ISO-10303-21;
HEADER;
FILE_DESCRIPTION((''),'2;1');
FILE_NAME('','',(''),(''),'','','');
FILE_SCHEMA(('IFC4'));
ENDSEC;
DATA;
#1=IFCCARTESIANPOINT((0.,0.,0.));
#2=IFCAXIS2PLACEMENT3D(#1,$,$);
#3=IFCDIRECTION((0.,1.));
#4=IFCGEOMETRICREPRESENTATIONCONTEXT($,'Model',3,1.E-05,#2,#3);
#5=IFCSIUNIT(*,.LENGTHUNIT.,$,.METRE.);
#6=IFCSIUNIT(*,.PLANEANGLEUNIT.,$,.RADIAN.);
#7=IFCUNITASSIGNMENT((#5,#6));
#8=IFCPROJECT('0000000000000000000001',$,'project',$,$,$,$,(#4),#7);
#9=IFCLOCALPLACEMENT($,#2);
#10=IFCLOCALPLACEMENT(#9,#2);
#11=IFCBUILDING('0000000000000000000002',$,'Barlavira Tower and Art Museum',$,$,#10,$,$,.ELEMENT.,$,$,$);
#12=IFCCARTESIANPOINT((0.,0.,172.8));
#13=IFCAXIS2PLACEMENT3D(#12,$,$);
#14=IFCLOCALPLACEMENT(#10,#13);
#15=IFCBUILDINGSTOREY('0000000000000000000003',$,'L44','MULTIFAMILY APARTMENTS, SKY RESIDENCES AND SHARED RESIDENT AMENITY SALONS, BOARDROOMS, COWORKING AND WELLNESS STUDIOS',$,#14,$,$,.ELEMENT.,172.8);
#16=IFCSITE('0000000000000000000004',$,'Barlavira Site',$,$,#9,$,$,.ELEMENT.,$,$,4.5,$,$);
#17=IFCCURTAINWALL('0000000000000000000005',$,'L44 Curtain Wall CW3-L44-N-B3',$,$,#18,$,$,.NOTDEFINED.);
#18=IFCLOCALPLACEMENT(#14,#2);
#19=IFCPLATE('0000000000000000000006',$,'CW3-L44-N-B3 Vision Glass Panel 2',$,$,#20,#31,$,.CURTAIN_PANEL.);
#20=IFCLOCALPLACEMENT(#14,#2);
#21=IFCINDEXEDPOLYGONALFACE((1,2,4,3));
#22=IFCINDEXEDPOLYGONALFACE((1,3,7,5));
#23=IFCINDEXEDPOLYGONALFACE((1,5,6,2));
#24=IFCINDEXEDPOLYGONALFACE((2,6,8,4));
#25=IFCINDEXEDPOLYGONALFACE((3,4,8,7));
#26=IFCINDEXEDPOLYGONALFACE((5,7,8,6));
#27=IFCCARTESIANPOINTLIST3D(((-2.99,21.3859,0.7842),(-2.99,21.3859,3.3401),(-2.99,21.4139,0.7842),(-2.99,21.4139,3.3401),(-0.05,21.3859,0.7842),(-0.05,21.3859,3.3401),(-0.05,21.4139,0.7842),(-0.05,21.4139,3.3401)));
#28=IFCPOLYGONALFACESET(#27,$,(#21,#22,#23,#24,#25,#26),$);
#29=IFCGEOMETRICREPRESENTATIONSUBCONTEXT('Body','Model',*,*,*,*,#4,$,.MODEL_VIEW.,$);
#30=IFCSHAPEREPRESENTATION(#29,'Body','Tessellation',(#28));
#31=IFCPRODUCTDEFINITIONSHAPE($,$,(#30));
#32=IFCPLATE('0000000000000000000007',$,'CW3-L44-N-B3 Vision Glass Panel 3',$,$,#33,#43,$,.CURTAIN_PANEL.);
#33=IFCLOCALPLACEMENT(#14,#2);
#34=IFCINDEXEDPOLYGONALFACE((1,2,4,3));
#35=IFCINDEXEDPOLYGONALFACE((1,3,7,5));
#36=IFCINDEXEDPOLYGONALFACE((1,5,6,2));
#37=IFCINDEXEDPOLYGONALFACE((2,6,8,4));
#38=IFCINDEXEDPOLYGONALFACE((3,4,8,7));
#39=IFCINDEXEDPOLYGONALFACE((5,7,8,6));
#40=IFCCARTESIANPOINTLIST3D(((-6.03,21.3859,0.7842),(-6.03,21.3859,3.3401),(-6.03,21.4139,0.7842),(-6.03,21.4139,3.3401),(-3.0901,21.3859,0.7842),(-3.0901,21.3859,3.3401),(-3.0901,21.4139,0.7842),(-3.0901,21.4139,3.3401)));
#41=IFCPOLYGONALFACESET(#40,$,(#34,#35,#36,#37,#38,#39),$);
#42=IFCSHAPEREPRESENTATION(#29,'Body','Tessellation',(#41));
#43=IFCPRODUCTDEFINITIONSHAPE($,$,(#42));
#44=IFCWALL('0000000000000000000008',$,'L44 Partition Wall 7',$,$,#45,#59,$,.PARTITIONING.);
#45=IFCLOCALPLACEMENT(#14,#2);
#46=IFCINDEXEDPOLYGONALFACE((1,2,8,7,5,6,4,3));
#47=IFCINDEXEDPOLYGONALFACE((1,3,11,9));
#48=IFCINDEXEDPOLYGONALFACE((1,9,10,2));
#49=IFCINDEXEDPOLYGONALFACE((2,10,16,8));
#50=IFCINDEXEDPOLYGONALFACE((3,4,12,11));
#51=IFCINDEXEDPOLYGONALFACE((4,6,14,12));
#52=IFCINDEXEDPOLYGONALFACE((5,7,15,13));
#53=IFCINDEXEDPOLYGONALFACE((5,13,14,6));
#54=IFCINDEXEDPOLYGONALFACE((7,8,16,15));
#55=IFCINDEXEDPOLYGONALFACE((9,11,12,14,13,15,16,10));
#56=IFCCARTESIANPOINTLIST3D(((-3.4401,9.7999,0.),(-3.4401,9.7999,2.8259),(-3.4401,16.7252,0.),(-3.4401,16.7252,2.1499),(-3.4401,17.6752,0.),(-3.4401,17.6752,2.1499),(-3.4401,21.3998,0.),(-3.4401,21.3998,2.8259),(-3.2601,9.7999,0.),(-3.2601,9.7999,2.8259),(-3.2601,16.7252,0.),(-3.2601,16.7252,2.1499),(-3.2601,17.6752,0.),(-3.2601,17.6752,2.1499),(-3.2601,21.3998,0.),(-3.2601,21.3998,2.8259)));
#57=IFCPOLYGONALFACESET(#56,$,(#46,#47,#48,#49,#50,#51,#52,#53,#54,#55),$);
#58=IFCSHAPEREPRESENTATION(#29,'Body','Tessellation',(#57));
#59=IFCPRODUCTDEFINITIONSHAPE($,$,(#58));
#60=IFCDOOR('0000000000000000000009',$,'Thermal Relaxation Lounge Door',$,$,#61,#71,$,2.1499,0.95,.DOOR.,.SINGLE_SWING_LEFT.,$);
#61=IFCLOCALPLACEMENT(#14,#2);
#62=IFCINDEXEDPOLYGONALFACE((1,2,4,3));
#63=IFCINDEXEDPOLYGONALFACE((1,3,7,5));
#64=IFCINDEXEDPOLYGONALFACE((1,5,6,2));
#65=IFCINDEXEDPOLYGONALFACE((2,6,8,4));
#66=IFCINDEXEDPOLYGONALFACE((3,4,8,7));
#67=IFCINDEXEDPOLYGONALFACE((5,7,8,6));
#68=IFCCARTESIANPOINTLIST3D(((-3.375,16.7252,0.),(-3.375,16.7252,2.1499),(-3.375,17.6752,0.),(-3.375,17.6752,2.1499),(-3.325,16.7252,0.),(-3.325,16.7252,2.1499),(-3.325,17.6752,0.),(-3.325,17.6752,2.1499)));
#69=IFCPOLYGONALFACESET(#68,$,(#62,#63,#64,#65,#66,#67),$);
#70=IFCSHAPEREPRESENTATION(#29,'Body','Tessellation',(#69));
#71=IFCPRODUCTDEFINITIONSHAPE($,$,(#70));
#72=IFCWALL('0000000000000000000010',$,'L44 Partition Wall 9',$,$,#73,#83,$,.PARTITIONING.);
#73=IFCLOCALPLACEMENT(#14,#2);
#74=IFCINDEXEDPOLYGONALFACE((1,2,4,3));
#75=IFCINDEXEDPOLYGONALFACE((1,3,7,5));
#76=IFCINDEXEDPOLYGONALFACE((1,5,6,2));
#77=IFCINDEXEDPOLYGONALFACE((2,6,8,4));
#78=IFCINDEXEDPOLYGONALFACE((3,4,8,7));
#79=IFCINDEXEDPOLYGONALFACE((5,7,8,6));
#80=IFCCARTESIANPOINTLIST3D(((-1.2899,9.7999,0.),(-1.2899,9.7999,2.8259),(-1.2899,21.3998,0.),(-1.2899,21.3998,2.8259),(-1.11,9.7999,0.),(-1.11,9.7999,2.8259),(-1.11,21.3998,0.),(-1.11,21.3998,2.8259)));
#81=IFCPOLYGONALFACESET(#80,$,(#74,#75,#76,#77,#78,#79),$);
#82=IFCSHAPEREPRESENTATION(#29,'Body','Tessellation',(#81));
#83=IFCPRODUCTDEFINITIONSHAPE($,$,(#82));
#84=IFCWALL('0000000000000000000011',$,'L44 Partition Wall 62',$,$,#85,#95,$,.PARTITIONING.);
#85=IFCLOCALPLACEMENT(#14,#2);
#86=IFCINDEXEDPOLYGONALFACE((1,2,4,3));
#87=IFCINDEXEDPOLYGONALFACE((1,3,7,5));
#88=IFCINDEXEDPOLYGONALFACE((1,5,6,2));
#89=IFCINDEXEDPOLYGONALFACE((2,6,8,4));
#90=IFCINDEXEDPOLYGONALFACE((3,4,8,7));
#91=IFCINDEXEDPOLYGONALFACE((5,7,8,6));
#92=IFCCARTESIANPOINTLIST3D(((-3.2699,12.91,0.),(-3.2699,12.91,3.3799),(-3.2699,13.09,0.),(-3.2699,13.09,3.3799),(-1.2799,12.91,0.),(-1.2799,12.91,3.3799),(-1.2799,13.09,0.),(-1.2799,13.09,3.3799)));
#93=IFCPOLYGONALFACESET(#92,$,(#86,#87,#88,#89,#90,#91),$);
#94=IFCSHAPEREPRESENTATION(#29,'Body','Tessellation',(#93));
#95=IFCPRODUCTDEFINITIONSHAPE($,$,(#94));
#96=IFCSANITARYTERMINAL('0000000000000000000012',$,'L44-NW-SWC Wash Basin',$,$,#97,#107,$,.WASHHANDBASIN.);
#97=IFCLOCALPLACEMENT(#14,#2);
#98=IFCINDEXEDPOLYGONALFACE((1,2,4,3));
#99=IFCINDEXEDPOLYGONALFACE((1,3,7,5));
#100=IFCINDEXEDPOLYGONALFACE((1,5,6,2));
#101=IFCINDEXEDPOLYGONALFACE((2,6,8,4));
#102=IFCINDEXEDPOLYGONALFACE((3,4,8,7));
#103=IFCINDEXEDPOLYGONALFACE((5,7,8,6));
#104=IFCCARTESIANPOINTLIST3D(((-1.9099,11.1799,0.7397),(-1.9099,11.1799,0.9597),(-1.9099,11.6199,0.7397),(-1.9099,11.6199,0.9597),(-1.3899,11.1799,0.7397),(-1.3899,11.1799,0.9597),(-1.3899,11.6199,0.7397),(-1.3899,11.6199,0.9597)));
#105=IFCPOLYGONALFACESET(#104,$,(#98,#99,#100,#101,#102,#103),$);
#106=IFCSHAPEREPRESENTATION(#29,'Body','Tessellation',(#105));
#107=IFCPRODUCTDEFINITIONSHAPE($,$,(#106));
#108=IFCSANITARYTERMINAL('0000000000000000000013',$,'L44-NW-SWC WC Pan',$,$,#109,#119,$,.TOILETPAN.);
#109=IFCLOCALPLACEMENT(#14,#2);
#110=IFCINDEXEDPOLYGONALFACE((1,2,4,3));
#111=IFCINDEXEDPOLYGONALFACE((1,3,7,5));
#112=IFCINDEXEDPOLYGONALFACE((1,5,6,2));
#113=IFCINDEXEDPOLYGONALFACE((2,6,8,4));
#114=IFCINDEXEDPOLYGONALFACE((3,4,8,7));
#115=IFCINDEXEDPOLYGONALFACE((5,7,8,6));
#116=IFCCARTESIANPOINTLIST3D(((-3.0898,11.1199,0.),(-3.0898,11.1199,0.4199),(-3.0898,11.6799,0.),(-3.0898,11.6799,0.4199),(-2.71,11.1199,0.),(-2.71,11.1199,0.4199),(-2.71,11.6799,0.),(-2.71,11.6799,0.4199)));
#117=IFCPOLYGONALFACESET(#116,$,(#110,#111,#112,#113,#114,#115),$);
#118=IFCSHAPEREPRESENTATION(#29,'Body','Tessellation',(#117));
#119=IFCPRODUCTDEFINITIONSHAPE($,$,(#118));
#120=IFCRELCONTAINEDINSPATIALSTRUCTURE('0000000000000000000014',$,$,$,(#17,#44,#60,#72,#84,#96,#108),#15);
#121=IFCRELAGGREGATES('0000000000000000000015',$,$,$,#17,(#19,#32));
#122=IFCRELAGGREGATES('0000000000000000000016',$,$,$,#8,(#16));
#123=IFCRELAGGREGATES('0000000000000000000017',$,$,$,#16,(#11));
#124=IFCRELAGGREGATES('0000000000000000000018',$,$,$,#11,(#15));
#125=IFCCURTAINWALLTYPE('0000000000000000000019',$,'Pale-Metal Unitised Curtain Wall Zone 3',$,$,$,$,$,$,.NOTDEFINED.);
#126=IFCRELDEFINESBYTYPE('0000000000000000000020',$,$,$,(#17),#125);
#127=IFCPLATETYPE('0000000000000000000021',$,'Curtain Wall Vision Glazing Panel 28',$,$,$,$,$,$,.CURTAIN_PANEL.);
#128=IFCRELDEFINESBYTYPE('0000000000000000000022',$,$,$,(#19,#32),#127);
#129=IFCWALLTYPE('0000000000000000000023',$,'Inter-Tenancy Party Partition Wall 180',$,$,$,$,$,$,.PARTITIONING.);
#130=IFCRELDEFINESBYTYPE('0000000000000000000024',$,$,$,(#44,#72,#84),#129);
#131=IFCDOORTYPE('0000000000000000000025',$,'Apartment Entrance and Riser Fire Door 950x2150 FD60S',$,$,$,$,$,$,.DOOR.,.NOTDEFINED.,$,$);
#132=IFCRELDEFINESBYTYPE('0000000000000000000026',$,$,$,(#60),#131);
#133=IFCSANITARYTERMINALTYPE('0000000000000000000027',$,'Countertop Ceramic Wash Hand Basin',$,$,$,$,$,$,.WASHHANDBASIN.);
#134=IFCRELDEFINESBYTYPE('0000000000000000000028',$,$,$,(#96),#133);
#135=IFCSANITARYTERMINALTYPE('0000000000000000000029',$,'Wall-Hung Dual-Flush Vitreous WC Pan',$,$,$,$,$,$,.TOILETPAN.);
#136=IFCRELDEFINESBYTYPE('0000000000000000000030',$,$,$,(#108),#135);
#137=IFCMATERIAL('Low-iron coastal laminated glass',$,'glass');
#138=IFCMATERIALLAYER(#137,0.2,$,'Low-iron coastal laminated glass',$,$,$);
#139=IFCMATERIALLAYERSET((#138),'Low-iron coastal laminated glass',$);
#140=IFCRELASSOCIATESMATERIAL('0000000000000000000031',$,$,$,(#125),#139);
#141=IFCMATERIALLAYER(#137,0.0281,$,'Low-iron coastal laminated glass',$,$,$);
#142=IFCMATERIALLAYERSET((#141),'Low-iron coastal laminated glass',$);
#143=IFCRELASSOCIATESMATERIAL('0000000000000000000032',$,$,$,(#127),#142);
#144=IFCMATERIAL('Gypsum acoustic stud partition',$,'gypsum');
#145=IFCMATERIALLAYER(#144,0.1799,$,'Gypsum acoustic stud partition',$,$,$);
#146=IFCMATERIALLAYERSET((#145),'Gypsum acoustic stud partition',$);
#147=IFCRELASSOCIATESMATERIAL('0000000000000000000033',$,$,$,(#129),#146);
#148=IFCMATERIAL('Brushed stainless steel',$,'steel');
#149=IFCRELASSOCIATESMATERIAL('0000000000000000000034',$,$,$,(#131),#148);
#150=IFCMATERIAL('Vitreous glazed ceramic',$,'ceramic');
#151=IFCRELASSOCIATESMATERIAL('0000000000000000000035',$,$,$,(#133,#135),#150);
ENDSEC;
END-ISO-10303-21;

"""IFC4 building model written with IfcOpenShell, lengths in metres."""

from ifc_helpers import new_model, si_unit, direction, frame, frame_2d, origin, origin_2d, place, context, subcontext, project, spatial, rectangle, extrude, material, layer, layer_set, type_object, element, fill, aggregate, save


model = new_model("IFC4")

# Units and contexts
model_context = context("Model", 3, precision=1e-05, world=origin(), true_north=direction((0.0, 1.0)))
body_context = subcontext(model_context, "Body", "Model", "MODEL_VIEW")
ifc_project = project(units=[si_unit("LENGTHUNIT", "METRE"), si_unit("PLANEANGLEUNIT", "RADIAN")], contexts=[model_context])

# Site, building, storey
site_placement = place(None, origin())
site = spatial("IfcSite", under=ifc_project, at=site_placement, Name="Barlavira Site", CompositionType="ELEMENT", RefElevation=4.5)
building_placement = place(site_placement, origin())
building = spatial("IfcBuilding", under=site, at=building_placement, Name="Barlavira Tower and Art Museum", CompositionType="ELEMENT")
storey_placement = place(building_placement, frame((0.0, 0.0, 172.8)))
storey = spatial("IfcBuildingStorey", under=building, at=storey_placement, Name="L44", Description="MULTIFAMILY APARTMENTS, SKY RESIDENCES AND SHARED RESIDENT AMENITY SALONS, BOARDROOMS, COWORKING AND WELLNESS STUDIOS", CompositionType="ELEMENT", Elevation=172.8)

# Curtain wall
ifc_material_1 = material(Name="Low-iron coastal laminated glass", Category="glass")
ifc_layer_1 = layer(ifc_material_1, 0.2, Name="Low-iron coastal laminated glass")
ifc_layer_set_1 = layer_set([ifc_layer_1], Name="Low-iron coastal laminated glass")
curtain_wall_type = type_object("IfcCurtainWallType", Name="Pale-Metal Unitised Curtain Wall Zone 3", PredefinedType="NOTDEFINED", material=ifc_layer_set_1)
curtain_wall_placement = place(storey_placement, origin())
curtain_wall = element("IfcCurtainWall", 1, at=curtain_wall_placement, inside=storey, type_object=curtain_wall_type, Name="L44 Curtain Wall CW3-L44-N-B3", PredefinedType="NOTDEFINED")

# Plates
ifc_layer_2 = layer(ifc_material_1, 0.0281, Name="Low-iron coastal laminated glass")
ifc_layer_set_2 = layer_set([ifc_layer_2], Name="Low-iron coastal laminated glass")
plate_type_1 = type_object("IfcPlateType", Name="Curtain Wall Vision Glazing Panel 28", PredefinedType="CURTAIN_PANEL", material=ifc_layer_set_2)
plate_1_placement = place(storey_placement, frame((-1.52, 21.3999, 0.7842), z_axis=(0.0, 0.0, 1.0), x_axis=(-1.0, 0.0, 0.0)))
plate_1 = element("IfcPlate", 2, at=plate_1_placement, type_object=plate_type_1, Name="CW3-L44-N-B3 Vision Glass Panel 2", PredefinedType="CURTAIN_PANEL", context=body_context, shape_type="SweptSolid", body=[
    extrude(rectangle(XDim=2.9399, YDim=0.0281, at=origin_2d()), origin(), (0.0, 0.0, 1.0), 2.5559),
])
plate_2_placement = place(storey_placement, frame((-4.5601, 21.3999, 0.7842), z_axis=(0.0, 0.0, 1.0), x_axis=(-1.0, 0.0, 0.0)))
plate_2 = element("IfcPlate", 3, at=plate_2_placement, type_object=plate_type_1, Name="CW3-L44-N-B3 Vision Glass Panel 3", PredefinedType="CURTAIN_PANEL", context=body_context, shape_type="SweptSolid", body=[
    extrude(rectangle(XDim=2.9399, YDim=0.0281, at=origin_2d()), origin(), (0.0, 0.0, 1.0), 2.5559),
])
aggregate(curtain_wall, [plate_1, plate_2])

# Wall, opening, door
ifc_material_2 = material(Name="Gypsum acoustic stud partition", Category="gypsum")
ifc_layer_3 = layer(ifc_material_2, 0.1799, Name="Gypsum acoustic stud partition")
ifc_layer_set_3 = layer_set([ifc_layer_3], Name="Gypsum acoustic stud partition")
wall_type = type_object("IfcWallType", Name="Inter-Tenancy Party Partition Wall 180", PredefinedType="PARTITIONING", material=ifc_layer_set_3)
wall_1_placement = place(storey_placement, frame((-3.3501, 9.8, 0.0), z_axis=(0.0, 0.0, 1.0), x_axis=(0.0, 1.0, 0.0)))
wall_1 = element("IfcWall", 4, at=wall_1_placement, inside=storey, type_object=wall_type, Name="L44 Partition Wall 7", PredefinedType="PARTITIONING", context=body_context, shape_type="SweptSolid", body=[
    extrude(rectangle(XDim=11.5999, YDim=0.1799, at=frame_2d((5.7998, 0.0))), origin(), (0.0, 0.0, 1.0), 2.8259),
])
opening_1_placement = place(wall_1_placement, frame((6.925, 0.0, 0.0)))
opening_1 = element("IfcOpeningElement", 5, at=opening_1_placement, cuts=wall_1, PredefinedType="OPENING", context=body_context, shape_type="SweptSolid", body=[
    extrude(rectangle(XDim=0.95, YDim=2.1499, at=frame_2d((0.4751, 1.075))), frame((0.0, 0.1001, 0.0), z_axis=(0.0, -1.0, 0.0), x_axis=(1.0, 0.0, 0.0)), (0.0, 0.0, 1.0), 0.2),
])
ifc_material_3 = material(Name="Brushed stainless steel", Category="steel")
door_type = type_object("IfcDoorType", Name="Apartment Entrance and Riser Fire Door 950x2150 FD60S", OperationType="NOTDEFINED", PredefinedType="DOOR", material=ifc_material_3)
door_1_placement = place(opening_1_placement, origin())
door_1 = element("IfcDoor", 6, at=door_1_placement, inside=storey, type_object=door_type, Name="Thermal Relaxation Lounge Door", OperationType="SINGLE_SWING_LEFT", OverallHeight=2.1499, OverallWidth=0.95, PredefinedType="DOOR", context=body_context, shape_type="SweptSolid", body=[
    extrude(rectangle(XDim=0.95, YDim=2.1499, at=frame_2d((0.4751, 1.075))), frame((0.0, 0.0249, 0.0), z_axis=(0.0, -1.0, 0.0), x_axis=(1.0, 0.0, 0.0)), (0.0, 0.0, 1.0), 0.05),
])
fill(opening_1, door_1)

# Wall
wall_2_placement = place(storey_placement, frame((-1.2, 9.8, 0.0), z_axis=(0.0, 0.0, 1.0), x_axis=(0.0, 1.0, 0.0)))
element("IfcWall", 7, at=wall_2_placement, inside=storey, type_object=wall_type, Name="L44 Partition Wall 9", PredefinedType="PARTITIONING", context=body_context, shape_type="SweptSolid", body=[
    extrude(rectangle(XDim=11.5999, YDim=0.1799, at=frame_2d((5.7998, 0.0))), origin(), (0.0, 0.0, 1.0), 2.8259),
])

# Wall
wall_3_placement = place(storey_placement, frame((-3.27, 13.0, 0.0), z_axis=(0.0, 0.0, 1.0), x_axis=(1.0, 0.0, 0.0)))
element("IfcWall", 8, at=wall_3_placement, inside=storey, type_object=wall_type, Name="L44 Partition Wall 62", PredefinedType="PARTITIONING", context=body_context, shape_type="SweptSolid", body=[
    extrude(rectangle(XDim=1.99, YDim=0.1799, at=frame_2d((0.9951, 0.0))), origin(), (0.0, 0.0, 1.0), 3.3799),
])

# Sanitary terminals
ifc_material_4 = material(Name="Vitreous glazed ceramic", Category="ceramic")
sanitary_terminal_type_1 = type_object("IfcSanitaryTerminalType", Name="Countertop Ceramic Wash Hand Basin", PredefinedType="WASHHANDBASIN", material=ifc_material_4)
sanitary_terminal_1_placement = place(storey_placement, frame((-1.6499, 11.3999, 0.7397), z_axis=(0.0, 0.0, 1.0), x_axis=(1.0, 0.0, 0.0)))
element("IfcSanitaryTerminal", 9, at=sanitary_terminal_1_placement, inside=storey, type_object=sanitary_terminal_type_1, Name="L44-NW-SWC Wash Basin", PredefinedType="WASHHANDBASIN", context=body_context, shape_type="SweptSolid", body=[
    extrude(rectangle(XDim=0.52, YDim=0.4399, at=origin_2d()), origin(), (0.0, 0.0, 1.0), 0.22),
])
sanitary_terminal_type_2 = type_object("IfcSanitaryTerminalType", Name="Wall-Hung Dual-Flush Vitreous WC Pan", PredefinedType="TOILETPAN", material=ifc_material_4)
sanitary_terminal_2_placement = place(storey_placement, frame((-2.8999, 11.3999, 0.0), z_axis=(0.0, 0.0, 1.0), x_axis=(1.0, 0.0, 0.0)))
element("IfcSanitaryTerminal", 10, at=sanitary_terminal_2_placement, inside=storey, type_object=sanitary_terminal_type_2, Name="L44-NW-SWC WC Pan", PredefinedType="TOILETPAN", context=body_context, shape_type="SweptSolid", body=[
    extrude(rectangle(XDim=0.3799, YDim=0.5601, at=origin_2d()), origin(), (0.0, 0.0, 1.0), 0.4199),
])

save(model, "model.ifc")
